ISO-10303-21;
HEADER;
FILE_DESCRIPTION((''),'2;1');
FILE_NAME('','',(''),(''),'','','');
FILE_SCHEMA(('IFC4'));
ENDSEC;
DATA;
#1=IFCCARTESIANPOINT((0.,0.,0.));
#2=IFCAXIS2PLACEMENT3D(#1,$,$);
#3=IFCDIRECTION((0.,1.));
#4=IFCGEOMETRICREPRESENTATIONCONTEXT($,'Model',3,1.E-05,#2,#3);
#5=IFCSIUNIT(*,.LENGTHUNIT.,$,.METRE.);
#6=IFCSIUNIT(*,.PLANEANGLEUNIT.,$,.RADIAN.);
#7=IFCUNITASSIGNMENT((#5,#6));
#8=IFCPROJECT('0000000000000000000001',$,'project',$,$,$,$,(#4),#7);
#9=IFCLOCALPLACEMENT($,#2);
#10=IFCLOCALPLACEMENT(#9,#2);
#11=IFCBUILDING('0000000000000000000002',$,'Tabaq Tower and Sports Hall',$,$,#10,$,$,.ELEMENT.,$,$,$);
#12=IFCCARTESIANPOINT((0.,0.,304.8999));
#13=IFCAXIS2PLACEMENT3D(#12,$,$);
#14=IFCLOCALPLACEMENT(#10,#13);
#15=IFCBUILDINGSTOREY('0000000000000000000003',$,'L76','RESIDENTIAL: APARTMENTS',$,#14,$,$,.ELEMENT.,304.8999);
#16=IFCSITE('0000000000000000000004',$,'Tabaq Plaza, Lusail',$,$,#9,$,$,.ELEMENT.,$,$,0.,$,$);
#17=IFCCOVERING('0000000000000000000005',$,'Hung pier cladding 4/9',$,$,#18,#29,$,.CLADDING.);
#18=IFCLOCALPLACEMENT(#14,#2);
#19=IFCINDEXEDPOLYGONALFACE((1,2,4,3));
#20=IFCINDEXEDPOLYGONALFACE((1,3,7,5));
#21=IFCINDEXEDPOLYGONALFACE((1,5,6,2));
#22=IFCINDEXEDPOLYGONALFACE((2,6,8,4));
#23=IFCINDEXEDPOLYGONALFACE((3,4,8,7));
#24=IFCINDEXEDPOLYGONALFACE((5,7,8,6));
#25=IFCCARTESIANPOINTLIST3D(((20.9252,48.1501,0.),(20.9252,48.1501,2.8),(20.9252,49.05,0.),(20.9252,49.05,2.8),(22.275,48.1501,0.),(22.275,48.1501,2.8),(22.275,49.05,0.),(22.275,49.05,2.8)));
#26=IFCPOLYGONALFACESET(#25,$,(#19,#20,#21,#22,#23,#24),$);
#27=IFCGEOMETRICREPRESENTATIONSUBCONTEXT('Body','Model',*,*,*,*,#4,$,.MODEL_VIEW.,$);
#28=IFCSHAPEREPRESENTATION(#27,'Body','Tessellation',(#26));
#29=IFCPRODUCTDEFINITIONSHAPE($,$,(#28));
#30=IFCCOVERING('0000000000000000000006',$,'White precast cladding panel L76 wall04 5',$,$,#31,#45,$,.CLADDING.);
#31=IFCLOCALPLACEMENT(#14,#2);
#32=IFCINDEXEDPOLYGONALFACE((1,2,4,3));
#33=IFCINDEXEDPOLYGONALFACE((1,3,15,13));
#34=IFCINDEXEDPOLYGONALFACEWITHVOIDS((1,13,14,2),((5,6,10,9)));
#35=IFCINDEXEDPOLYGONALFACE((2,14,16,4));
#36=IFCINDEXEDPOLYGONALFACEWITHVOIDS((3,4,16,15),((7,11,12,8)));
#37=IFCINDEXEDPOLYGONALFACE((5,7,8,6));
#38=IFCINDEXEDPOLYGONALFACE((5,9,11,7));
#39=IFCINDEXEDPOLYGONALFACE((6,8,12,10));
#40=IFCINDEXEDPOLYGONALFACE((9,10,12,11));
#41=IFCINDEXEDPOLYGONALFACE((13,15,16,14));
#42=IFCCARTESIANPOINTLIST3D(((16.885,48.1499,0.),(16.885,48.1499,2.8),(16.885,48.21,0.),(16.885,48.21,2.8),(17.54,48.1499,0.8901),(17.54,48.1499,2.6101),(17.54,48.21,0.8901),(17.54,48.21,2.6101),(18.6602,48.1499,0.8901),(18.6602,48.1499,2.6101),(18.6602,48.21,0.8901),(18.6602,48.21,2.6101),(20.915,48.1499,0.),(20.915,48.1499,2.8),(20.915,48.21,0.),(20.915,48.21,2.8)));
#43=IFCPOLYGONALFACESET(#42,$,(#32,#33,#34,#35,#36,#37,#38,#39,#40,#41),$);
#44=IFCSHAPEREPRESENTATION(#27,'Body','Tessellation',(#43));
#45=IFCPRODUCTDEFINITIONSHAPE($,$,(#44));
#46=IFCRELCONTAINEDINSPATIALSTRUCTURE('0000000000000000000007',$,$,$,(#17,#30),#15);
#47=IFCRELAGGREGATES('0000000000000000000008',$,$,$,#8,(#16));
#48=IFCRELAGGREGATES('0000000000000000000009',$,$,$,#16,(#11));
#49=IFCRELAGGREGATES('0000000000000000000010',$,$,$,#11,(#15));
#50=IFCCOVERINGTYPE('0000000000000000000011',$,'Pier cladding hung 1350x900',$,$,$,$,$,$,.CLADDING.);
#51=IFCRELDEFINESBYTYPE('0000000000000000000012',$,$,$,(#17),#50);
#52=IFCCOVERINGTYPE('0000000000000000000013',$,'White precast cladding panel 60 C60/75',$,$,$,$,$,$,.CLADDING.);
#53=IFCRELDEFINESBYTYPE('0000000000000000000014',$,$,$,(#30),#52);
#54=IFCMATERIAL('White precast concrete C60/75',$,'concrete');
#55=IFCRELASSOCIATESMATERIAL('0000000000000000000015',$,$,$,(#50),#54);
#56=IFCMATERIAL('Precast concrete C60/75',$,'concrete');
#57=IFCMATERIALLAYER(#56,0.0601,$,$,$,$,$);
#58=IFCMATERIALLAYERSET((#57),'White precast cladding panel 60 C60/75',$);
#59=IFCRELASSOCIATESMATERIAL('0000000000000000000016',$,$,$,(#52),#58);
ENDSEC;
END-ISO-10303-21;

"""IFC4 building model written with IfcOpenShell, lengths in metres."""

from ifc_helpers import new_model, si_unit, direction, frame, frame_2d, origin, place, context, subcontext, project, spatial, polyline, rectangle, outline, extrude, material, layer, layer_set, type_object, element, save


model = new_model("IFC4")

# Units and contexts
model_context = context("Model", 3, precision=1e-05, world=origin(), true_north=direction((0.0, 1.0)))
body_context = subcontext(model_context, "Body", "Model", "MODEL_VIEW")
ifc_project = project(units=[si_unit("LENGTHUNIT", "METRE"), si_unit("PLANEANGLEUNIT", "RADIAN")], contexts=[model_context])

# Site, building, storey
site_placement = place(None, origin())
site = spatial("IfcSite", under=ifc_project, at=site_placement, Name="Tabaq Plaza, Lusail", CompositionType="ELEMENT", RefElevation=0.0)
building_placement = place(site_placement, origin())
building = spatial("IfcBuilding", under=site, at=building_placement, Name="Tabaq Tower and Sports Hall", CompositionType="ELEMENT")
storey_placement = place(building_placement, frame((0.0, 0.0, 304.8999)))
storey = spatial("IfcBuildingStorey", under=building, at=storey_placement, Name="L76", Description="RESIDENTIAL: APARTMENTS", CompositionType="ELEMENT", Elevation=304.8999)

# Coverings
ifc_material_1 = material(Name="White precast concrete C60/75", Category="concrete")
covering_type_1 = type_object("IfcCoveringType", Name="Pier cladding hung 1350x900", PredefinedType="CLADDING", material=ifc_material_1)
covering_1_placement = place(storey_placement, frame((22.2749, 48.6001, 0.0), z_axis=(0.0, 0.0, 1.0), x_axis=(-1.0, 0.0, 0.0)))
element("IfcCovering", 1, at=covering_1_placement, inside=storey, type_object=covering_type_1, Name="Hung pier cladding 4/9", PredefinedType="CLADDING", context=body_context, shape_type="SweptSolid", body=[
    extrude(rectangle(XDim=1.3499, YDim=0.8999, at=frame_2d((0.6748, 0.0))), origin(), (0.0, 0.0, 1.0), 2.8),
])
ifc_material_2 = material(Name="Precast concrete C60/75", Category="concrete")
ifc_layer_1 = layer(ifc_material_2, 0.0601)
ifc_layer_set_1 = layer_set([ifc_layer_1], Name="White precast cladding panel 60 C60/75")
covering_type_2 = type_object("IfcCoveringType", Name="White precast cladding panel 60 C60/75", PredefinedType="CLADDING", material=ifc_layer_set_1)
covering_2_placement = place(storey_placement, frame((20.915, 48.1799, 0.0), z_axis=(0.0, 0.0, 1.0), x_axis=(-1.0, 0.0, 0.0)))
element("IfcCovering", 2, at=covering_2_placement, inside=storey, type_object=covering_type_2, Name="White precast cladding panel L76 wall04 5", PredefinedType="CLADDING", context=body_context, shape_type="SweptSolid", body=[
    extrude(outline(polyline([(0.0, 0.0), (4.03, 0.0), (4.03, 2.8), (0.0, 2.8), (0.0, 0.0)]), holes=[polyline([(2.2549, 0.8901), (2.2549, 2.6101), (3.375, 2.6101), (3.375, 0.8901), (2.2549, 0.8901)])]), frame((0.0, 0.03, 0.0), z_axis=(0.0, -1.0, 0.0), x_axis=(1.0, 0.0, 0.0)), (0.0, 0.0, 1.0), 0.0601),
])

save(model, "model.ifc")
